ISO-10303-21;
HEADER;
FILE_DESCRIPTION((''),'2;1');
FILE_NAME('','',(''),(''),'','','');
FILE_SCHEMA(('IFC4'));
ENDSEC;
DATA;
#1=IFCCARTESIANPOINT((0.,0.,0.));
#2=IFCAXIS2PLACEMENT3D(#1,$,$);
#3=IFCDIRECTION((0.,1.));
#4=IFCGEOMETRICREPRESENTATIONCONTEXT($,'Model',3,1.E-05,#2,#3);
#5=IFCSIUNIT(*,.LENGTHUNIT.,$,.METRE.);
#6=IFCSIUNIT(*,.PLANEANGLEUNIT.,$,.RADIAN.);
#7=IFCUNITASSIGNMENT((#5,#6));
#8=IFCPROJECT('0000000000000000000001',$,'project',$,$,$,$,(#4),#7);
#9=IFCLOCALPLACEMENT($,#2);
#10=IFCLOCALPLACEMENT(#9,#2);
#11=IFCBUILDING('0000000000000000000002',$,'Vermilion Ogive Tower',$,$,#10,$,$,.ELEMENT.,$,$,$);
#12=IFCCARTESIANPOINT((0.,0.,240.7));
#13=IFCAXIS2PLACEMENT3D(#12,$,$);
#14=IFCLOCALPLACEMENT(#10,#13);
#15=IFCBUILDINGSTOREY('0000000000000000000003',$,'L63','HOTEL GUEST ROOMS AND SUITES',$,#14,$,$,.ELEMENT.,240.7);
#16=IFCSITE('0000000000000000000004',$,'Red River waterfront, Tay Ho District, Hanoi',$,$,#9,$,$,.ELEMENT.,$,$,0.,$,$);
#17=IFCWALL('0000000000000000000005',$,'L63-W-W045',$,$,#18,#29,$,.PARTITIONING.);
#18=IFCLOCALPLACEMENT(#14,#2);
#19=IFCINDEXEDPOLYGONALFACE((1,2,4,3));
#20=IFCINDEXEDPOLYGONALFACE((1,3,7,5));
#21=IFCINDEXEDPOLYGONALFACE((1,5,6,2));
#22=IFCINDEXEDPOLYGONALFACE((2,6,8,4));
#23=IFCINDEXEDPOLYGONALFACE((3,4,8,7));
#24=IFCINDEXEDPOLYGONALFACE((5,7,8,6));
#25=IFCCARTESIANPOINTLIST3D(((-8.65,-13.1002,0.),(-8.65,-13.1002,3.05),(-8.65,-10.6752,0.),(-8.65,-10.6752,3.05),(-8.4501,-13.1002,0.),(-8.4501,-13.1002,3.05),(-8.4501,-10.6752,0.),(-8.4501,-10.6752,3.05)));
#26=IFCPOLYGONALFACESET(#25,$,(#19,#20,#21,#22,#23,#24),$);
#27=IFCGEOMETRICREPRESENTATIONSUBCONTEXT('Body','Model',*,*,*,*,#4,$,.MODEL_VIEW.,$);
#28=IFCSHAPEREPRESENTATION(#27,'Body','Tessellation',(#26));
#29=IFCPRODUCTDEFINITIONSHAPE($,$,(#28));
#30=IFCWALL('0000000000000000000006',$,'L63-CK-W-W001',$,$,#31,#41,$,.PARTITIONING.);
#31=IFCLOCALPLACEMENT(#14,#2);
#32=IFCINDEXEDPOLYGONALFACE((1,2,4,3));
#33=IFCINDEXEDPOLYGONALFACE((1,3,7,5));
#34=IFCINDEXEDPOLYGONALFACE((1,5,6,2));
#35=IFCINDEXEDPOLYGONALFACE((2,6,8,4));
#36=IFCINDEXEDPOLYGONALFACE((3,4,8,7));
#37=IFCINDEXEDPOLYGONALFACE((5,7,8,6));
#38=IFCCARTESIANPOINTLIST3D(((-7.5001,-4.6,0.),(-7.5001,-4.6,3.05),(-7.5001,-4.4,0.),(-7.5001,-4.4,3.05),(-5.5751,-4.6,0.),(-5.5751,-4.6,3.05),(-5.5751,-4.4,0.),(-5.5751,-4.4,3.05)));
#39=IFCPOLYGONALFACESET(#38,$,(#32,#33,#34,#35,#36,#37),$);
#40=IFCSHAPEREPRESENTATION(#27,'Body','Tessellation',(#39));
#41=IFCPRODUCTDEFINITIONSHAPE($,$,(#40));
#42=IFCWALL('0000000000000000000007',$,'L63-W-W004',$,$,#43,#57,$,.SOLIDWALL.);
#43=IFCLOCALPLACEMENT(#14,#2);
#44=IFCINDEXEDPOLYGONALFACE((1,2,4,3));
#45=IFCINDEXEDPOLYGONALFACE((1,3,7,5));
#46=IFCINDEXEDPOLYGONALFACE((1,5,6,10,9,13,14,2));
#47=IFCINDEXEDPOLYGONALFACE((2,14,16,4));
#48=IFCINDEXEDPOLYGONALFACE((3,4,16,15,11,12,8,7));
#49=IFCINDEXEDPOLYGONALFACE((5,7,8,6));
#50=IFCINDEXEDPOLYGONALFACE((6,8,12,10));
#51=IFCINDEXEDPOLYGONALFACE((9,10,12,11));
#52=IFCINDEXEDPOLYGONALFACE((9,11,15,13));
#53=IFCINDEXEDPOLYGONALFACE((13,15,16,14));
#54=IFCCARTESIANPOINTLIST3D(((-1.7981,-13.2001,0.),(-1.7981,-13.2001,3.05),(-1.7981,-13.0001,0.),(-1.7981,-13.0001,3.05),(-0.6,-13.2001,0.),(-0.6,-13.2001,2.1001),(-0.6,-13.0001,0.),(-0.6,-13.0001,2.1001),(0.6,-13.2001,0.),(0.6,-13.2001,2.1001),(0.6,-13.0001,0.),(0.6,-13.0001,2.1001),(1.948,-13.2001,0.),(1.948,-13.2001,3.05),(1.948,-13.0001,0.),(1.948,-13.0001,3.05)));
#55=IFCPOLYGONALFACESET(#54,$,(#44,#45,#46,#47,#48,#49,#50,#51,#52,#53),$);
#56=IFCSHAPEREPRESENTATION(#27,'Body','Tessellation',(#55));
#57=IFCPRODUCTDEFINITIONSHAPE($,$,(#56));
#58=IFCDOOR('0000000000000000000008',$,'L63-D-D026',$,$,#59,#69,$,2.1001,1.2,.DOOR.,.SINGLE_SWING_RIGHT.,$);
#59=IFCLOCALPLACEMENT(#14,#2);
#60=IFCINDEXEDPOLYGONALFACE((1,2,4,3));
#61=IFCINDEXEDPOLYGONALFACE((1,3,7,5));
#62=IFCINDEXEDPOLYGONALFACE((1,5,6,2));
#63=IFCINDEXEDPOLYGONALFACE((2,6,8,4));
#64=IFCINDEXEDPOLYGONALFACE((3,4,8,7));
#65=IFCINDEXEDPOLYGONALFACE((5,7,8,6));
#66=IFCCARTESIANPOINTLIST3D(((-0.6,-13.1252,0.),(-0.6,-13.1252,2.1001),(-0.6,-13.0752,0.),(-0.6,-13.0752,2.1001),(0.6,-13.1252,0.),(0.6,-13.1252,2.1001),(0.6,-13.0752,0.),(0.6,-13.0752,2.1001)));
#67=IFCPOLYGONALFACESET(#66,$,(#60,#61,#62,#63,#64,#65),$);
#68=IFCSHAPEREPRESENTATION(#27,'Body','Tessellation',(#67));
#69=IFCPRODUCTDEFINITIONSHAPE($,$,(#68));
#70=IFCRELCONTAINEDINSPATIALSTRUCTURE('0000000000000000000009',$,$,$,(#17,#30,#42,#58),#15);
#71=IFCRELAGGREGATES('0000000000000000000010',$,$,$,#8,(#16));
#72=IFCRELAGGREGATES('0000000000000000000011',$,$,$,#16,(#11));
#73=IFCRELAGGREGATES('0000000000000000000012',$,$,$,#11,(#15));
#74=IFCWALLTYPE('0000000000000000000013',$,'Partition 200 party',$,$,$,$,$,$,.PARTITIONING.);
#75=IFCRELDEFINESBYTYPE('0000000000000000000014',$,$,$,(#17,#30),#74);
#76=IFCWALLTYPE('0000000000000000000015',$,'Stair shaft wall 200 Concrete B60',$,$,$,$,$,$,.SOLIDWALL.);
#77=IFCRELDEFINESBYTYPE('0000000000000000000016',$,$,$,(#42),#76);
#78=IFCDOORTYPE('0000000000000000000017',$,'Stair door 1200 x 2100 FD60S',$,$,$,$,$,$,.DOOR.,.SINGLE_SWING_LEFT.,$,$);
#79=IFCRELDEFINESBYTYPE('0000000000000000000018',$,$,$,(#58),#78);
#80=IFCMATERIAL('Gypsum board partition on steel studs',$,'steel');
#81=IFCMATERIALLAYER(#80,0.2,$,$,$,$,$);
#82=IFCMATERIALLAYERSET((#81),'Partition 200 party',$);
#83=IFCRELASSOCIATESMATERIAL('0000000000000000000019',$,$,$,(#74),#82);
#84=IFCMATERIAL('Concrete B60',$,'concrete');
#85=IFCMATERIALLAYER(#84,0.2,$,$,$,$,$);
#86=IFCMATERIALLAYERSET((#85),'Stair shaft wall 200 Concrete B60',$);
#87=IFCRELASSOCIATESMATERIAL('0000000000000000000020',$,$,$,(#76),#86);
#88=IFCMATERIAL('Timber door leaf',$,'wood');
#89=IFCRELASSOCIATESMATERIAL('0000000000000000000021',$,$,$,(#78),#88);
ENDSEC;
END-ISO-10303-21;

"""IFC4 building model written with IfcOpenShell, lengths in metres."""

from ifc_helpers import new_model, si_unit, direction, frame, frame_2d, origin, place, context, subcontext, project, spatial, rectangle, extrude, material, layer, layer_set, type_object, element, fill, save


model = new_model("IFC4")

# Units and contexts
model_context = context("Model", 3, precision=1e-05, world=origin(), true_north=direction((0.0, 1.0)))
body_context = subcontext(model_context, "Body", "Model", "MODEL_VIEW")
ifc_project = project(units=[si_unit("LENGTHUNIT", "METRE"), si_unit("PLANEANGLEUNIT", "RADIAN")], contexts=[model_context])

# Site, building, storey
site_placement = place(None, origin())
site = spatial("IfcSite", under=ifc_project, at=site_placement, Name="Red River waterfront, Tay Ho District, Hanoi", CompositionType="ELEMENT", RefElevation=0.0)
building_placement = place(site_placement, origin())
building = spatial("IfcBuilding", under=site, at=building_placement, Name="Vermilion Ogive Tower", CompositionType="ELEMENT")
storey_placement = place(building_placement, frame((0.0, 0.0, 240.7)))
storey = spatial("IfcBuildingStorey", under=building, at=storey_placement, Name="L63", Description="HOTEL GUEST ROOMS AND SUITES", CompositionType="ELEMENT", Elevation=240.7)

# Walls
ifc_material_1 = material(Name="Gypsum board partition on steel studs", Category="steel")
ifc_layer_1 = layer(ifc_material_1, 0.2)
ifc_layer_set_1 = layer_set([ifc_layer_1], Name="Partition 200 party")
wall_type_1 = type_object("IfcWallType", Name="Partition 200 party", PredefinedType="PARTITIONING", material=ifc_layer_set_1)
wall_1_placement = place(storey_placement, frame((-8.55, -13.1001, 0.0), z_axis=(0.0, 0.0, 1.0), x_axis=(0.0, 1.0, 0.0)))
element("IfcWall", 1, at=wall_1_placement, inside=storey, type_object=wall_type_1, Name="L63-W-W045", PredefinedType="PARTITIONING", context=body_context, shape_type="SweptSolid", body=[
    extrude(rectangle(XDim=2.425, YDim=0.2, at=frame_2d((1.2124, 0.0))), origin(), (0.0, 0.0, 1.0), 3.05),
])
wall_2_placement = place(storey_placement, frame((-7.5, -4.5, 0.0), z_axis=(0.0, 0.0, 1.0), x_axis=(1.0, 0.0, 0.0)))
element("IfcWall", 2, at=wall_2_placement, inside=storey, type_object=wall_type_1, Name="L63-CK-W-W001", PredefinedType="PARTITIONING", context=body_context, shape_type="SweptSolid", body=[
    extrude(rectangle(XDim=1.925, YDim=0.2, at=frame_2d((0.9624, 0.0))), origin(), (0.0, 0.0, 1.0), 3.05),
])

# Wall, opening, door
ifc_material_2 = material(Name="Concrete B60", Category="concrete")
ifc_layer_2 = layer(ifc_material_2, 0.2)
ifc_layer_set_2 = layer_set([ifc_layer_2], Name="Stair shaft wall 200 Concrete B60")
wall_type_2 = type_object("IfcWallType", Name="Stair shaft wall 200 Concrete B60", PredefinedType="SOLIDWALL", material=ifc_layer_set_2)
wall_3_placement = place(storey_placement, frame((-1.7981, -13.1001, 0.0), z_axis=(0.0, 0.0, 1.0), x_axis=(1.0, 0.0, 0.0)))
wall_3 = element("IfcWall", 3, at=wall_3_placement, inside=storey, type_object=wall_type_2, Name="L63-W-W004", PredefinedType="SOLIDWALL", context=body_context, shape_type="SweptSolid", body=[
    extrude(rectangle(XDim=3.7461, YDim=0.2, at=frame_2d((1.873, 0.0))), origin(), (0.0, 0.0, 1.0), 3.05),
])
opening_1_placement = place(wall_3_placement, frame((1.198, 0.0, 0.0)))
opening_1 = element("IfcOpeningElement", 4, at=opening_1_placement, cuts=wall_3, PredefinedType="OPENING", context=body_context, shape_type="SweptSolid", body=[
    extrude(rectangle(XDim=1.2, YDim=2.1001, at=frame_2d((0.6001, 1.05))), frame((0.0, 0.1099, 0.0), z_axis=(0.0, -1.0, 0.0), x_axis=(1.0, 0.0, 0.0)), (0.0, 0.0, 1.0), 0.22),
])
ifc_material_3 = material(Name="Timber door leaf", Category="wood")
door_type_1 = type_object("IfcDoorType", Name="Stair door 1200 x 2100 FD60S", OperationType="SINGLE_SWING_LEFT", PredefinedType="DOOR", material=ifc_material_3)
door_1_placement = place(opening_1_placement, origin())
door_1 = element("IfcDoor", 5, at=door_1_placement, inside=storey, type_object=door_type_1, Name="L63-D-D026", OperationType="SINGLE_SWING_RIGHT", OverallHeight=2.1001, OverallWidth=1.2, PredefinedType="DOOR", context=body_context, shape_type="SweptSolid", body=[
    extrude(rectangle(XDim=1.2, YDim=2.1001, at=frame_2d((0.6001, 1.05))), frame((0.0, 0.0249, 0.0), z_axis=(0.0, -1.0, 0.0), x_axis=(1.0, 0.0, 0.0)), (0.0, 0.0, 1.0), 0.05),
])
fill(opening_1, door_1)

save(model, "model.ifc")
